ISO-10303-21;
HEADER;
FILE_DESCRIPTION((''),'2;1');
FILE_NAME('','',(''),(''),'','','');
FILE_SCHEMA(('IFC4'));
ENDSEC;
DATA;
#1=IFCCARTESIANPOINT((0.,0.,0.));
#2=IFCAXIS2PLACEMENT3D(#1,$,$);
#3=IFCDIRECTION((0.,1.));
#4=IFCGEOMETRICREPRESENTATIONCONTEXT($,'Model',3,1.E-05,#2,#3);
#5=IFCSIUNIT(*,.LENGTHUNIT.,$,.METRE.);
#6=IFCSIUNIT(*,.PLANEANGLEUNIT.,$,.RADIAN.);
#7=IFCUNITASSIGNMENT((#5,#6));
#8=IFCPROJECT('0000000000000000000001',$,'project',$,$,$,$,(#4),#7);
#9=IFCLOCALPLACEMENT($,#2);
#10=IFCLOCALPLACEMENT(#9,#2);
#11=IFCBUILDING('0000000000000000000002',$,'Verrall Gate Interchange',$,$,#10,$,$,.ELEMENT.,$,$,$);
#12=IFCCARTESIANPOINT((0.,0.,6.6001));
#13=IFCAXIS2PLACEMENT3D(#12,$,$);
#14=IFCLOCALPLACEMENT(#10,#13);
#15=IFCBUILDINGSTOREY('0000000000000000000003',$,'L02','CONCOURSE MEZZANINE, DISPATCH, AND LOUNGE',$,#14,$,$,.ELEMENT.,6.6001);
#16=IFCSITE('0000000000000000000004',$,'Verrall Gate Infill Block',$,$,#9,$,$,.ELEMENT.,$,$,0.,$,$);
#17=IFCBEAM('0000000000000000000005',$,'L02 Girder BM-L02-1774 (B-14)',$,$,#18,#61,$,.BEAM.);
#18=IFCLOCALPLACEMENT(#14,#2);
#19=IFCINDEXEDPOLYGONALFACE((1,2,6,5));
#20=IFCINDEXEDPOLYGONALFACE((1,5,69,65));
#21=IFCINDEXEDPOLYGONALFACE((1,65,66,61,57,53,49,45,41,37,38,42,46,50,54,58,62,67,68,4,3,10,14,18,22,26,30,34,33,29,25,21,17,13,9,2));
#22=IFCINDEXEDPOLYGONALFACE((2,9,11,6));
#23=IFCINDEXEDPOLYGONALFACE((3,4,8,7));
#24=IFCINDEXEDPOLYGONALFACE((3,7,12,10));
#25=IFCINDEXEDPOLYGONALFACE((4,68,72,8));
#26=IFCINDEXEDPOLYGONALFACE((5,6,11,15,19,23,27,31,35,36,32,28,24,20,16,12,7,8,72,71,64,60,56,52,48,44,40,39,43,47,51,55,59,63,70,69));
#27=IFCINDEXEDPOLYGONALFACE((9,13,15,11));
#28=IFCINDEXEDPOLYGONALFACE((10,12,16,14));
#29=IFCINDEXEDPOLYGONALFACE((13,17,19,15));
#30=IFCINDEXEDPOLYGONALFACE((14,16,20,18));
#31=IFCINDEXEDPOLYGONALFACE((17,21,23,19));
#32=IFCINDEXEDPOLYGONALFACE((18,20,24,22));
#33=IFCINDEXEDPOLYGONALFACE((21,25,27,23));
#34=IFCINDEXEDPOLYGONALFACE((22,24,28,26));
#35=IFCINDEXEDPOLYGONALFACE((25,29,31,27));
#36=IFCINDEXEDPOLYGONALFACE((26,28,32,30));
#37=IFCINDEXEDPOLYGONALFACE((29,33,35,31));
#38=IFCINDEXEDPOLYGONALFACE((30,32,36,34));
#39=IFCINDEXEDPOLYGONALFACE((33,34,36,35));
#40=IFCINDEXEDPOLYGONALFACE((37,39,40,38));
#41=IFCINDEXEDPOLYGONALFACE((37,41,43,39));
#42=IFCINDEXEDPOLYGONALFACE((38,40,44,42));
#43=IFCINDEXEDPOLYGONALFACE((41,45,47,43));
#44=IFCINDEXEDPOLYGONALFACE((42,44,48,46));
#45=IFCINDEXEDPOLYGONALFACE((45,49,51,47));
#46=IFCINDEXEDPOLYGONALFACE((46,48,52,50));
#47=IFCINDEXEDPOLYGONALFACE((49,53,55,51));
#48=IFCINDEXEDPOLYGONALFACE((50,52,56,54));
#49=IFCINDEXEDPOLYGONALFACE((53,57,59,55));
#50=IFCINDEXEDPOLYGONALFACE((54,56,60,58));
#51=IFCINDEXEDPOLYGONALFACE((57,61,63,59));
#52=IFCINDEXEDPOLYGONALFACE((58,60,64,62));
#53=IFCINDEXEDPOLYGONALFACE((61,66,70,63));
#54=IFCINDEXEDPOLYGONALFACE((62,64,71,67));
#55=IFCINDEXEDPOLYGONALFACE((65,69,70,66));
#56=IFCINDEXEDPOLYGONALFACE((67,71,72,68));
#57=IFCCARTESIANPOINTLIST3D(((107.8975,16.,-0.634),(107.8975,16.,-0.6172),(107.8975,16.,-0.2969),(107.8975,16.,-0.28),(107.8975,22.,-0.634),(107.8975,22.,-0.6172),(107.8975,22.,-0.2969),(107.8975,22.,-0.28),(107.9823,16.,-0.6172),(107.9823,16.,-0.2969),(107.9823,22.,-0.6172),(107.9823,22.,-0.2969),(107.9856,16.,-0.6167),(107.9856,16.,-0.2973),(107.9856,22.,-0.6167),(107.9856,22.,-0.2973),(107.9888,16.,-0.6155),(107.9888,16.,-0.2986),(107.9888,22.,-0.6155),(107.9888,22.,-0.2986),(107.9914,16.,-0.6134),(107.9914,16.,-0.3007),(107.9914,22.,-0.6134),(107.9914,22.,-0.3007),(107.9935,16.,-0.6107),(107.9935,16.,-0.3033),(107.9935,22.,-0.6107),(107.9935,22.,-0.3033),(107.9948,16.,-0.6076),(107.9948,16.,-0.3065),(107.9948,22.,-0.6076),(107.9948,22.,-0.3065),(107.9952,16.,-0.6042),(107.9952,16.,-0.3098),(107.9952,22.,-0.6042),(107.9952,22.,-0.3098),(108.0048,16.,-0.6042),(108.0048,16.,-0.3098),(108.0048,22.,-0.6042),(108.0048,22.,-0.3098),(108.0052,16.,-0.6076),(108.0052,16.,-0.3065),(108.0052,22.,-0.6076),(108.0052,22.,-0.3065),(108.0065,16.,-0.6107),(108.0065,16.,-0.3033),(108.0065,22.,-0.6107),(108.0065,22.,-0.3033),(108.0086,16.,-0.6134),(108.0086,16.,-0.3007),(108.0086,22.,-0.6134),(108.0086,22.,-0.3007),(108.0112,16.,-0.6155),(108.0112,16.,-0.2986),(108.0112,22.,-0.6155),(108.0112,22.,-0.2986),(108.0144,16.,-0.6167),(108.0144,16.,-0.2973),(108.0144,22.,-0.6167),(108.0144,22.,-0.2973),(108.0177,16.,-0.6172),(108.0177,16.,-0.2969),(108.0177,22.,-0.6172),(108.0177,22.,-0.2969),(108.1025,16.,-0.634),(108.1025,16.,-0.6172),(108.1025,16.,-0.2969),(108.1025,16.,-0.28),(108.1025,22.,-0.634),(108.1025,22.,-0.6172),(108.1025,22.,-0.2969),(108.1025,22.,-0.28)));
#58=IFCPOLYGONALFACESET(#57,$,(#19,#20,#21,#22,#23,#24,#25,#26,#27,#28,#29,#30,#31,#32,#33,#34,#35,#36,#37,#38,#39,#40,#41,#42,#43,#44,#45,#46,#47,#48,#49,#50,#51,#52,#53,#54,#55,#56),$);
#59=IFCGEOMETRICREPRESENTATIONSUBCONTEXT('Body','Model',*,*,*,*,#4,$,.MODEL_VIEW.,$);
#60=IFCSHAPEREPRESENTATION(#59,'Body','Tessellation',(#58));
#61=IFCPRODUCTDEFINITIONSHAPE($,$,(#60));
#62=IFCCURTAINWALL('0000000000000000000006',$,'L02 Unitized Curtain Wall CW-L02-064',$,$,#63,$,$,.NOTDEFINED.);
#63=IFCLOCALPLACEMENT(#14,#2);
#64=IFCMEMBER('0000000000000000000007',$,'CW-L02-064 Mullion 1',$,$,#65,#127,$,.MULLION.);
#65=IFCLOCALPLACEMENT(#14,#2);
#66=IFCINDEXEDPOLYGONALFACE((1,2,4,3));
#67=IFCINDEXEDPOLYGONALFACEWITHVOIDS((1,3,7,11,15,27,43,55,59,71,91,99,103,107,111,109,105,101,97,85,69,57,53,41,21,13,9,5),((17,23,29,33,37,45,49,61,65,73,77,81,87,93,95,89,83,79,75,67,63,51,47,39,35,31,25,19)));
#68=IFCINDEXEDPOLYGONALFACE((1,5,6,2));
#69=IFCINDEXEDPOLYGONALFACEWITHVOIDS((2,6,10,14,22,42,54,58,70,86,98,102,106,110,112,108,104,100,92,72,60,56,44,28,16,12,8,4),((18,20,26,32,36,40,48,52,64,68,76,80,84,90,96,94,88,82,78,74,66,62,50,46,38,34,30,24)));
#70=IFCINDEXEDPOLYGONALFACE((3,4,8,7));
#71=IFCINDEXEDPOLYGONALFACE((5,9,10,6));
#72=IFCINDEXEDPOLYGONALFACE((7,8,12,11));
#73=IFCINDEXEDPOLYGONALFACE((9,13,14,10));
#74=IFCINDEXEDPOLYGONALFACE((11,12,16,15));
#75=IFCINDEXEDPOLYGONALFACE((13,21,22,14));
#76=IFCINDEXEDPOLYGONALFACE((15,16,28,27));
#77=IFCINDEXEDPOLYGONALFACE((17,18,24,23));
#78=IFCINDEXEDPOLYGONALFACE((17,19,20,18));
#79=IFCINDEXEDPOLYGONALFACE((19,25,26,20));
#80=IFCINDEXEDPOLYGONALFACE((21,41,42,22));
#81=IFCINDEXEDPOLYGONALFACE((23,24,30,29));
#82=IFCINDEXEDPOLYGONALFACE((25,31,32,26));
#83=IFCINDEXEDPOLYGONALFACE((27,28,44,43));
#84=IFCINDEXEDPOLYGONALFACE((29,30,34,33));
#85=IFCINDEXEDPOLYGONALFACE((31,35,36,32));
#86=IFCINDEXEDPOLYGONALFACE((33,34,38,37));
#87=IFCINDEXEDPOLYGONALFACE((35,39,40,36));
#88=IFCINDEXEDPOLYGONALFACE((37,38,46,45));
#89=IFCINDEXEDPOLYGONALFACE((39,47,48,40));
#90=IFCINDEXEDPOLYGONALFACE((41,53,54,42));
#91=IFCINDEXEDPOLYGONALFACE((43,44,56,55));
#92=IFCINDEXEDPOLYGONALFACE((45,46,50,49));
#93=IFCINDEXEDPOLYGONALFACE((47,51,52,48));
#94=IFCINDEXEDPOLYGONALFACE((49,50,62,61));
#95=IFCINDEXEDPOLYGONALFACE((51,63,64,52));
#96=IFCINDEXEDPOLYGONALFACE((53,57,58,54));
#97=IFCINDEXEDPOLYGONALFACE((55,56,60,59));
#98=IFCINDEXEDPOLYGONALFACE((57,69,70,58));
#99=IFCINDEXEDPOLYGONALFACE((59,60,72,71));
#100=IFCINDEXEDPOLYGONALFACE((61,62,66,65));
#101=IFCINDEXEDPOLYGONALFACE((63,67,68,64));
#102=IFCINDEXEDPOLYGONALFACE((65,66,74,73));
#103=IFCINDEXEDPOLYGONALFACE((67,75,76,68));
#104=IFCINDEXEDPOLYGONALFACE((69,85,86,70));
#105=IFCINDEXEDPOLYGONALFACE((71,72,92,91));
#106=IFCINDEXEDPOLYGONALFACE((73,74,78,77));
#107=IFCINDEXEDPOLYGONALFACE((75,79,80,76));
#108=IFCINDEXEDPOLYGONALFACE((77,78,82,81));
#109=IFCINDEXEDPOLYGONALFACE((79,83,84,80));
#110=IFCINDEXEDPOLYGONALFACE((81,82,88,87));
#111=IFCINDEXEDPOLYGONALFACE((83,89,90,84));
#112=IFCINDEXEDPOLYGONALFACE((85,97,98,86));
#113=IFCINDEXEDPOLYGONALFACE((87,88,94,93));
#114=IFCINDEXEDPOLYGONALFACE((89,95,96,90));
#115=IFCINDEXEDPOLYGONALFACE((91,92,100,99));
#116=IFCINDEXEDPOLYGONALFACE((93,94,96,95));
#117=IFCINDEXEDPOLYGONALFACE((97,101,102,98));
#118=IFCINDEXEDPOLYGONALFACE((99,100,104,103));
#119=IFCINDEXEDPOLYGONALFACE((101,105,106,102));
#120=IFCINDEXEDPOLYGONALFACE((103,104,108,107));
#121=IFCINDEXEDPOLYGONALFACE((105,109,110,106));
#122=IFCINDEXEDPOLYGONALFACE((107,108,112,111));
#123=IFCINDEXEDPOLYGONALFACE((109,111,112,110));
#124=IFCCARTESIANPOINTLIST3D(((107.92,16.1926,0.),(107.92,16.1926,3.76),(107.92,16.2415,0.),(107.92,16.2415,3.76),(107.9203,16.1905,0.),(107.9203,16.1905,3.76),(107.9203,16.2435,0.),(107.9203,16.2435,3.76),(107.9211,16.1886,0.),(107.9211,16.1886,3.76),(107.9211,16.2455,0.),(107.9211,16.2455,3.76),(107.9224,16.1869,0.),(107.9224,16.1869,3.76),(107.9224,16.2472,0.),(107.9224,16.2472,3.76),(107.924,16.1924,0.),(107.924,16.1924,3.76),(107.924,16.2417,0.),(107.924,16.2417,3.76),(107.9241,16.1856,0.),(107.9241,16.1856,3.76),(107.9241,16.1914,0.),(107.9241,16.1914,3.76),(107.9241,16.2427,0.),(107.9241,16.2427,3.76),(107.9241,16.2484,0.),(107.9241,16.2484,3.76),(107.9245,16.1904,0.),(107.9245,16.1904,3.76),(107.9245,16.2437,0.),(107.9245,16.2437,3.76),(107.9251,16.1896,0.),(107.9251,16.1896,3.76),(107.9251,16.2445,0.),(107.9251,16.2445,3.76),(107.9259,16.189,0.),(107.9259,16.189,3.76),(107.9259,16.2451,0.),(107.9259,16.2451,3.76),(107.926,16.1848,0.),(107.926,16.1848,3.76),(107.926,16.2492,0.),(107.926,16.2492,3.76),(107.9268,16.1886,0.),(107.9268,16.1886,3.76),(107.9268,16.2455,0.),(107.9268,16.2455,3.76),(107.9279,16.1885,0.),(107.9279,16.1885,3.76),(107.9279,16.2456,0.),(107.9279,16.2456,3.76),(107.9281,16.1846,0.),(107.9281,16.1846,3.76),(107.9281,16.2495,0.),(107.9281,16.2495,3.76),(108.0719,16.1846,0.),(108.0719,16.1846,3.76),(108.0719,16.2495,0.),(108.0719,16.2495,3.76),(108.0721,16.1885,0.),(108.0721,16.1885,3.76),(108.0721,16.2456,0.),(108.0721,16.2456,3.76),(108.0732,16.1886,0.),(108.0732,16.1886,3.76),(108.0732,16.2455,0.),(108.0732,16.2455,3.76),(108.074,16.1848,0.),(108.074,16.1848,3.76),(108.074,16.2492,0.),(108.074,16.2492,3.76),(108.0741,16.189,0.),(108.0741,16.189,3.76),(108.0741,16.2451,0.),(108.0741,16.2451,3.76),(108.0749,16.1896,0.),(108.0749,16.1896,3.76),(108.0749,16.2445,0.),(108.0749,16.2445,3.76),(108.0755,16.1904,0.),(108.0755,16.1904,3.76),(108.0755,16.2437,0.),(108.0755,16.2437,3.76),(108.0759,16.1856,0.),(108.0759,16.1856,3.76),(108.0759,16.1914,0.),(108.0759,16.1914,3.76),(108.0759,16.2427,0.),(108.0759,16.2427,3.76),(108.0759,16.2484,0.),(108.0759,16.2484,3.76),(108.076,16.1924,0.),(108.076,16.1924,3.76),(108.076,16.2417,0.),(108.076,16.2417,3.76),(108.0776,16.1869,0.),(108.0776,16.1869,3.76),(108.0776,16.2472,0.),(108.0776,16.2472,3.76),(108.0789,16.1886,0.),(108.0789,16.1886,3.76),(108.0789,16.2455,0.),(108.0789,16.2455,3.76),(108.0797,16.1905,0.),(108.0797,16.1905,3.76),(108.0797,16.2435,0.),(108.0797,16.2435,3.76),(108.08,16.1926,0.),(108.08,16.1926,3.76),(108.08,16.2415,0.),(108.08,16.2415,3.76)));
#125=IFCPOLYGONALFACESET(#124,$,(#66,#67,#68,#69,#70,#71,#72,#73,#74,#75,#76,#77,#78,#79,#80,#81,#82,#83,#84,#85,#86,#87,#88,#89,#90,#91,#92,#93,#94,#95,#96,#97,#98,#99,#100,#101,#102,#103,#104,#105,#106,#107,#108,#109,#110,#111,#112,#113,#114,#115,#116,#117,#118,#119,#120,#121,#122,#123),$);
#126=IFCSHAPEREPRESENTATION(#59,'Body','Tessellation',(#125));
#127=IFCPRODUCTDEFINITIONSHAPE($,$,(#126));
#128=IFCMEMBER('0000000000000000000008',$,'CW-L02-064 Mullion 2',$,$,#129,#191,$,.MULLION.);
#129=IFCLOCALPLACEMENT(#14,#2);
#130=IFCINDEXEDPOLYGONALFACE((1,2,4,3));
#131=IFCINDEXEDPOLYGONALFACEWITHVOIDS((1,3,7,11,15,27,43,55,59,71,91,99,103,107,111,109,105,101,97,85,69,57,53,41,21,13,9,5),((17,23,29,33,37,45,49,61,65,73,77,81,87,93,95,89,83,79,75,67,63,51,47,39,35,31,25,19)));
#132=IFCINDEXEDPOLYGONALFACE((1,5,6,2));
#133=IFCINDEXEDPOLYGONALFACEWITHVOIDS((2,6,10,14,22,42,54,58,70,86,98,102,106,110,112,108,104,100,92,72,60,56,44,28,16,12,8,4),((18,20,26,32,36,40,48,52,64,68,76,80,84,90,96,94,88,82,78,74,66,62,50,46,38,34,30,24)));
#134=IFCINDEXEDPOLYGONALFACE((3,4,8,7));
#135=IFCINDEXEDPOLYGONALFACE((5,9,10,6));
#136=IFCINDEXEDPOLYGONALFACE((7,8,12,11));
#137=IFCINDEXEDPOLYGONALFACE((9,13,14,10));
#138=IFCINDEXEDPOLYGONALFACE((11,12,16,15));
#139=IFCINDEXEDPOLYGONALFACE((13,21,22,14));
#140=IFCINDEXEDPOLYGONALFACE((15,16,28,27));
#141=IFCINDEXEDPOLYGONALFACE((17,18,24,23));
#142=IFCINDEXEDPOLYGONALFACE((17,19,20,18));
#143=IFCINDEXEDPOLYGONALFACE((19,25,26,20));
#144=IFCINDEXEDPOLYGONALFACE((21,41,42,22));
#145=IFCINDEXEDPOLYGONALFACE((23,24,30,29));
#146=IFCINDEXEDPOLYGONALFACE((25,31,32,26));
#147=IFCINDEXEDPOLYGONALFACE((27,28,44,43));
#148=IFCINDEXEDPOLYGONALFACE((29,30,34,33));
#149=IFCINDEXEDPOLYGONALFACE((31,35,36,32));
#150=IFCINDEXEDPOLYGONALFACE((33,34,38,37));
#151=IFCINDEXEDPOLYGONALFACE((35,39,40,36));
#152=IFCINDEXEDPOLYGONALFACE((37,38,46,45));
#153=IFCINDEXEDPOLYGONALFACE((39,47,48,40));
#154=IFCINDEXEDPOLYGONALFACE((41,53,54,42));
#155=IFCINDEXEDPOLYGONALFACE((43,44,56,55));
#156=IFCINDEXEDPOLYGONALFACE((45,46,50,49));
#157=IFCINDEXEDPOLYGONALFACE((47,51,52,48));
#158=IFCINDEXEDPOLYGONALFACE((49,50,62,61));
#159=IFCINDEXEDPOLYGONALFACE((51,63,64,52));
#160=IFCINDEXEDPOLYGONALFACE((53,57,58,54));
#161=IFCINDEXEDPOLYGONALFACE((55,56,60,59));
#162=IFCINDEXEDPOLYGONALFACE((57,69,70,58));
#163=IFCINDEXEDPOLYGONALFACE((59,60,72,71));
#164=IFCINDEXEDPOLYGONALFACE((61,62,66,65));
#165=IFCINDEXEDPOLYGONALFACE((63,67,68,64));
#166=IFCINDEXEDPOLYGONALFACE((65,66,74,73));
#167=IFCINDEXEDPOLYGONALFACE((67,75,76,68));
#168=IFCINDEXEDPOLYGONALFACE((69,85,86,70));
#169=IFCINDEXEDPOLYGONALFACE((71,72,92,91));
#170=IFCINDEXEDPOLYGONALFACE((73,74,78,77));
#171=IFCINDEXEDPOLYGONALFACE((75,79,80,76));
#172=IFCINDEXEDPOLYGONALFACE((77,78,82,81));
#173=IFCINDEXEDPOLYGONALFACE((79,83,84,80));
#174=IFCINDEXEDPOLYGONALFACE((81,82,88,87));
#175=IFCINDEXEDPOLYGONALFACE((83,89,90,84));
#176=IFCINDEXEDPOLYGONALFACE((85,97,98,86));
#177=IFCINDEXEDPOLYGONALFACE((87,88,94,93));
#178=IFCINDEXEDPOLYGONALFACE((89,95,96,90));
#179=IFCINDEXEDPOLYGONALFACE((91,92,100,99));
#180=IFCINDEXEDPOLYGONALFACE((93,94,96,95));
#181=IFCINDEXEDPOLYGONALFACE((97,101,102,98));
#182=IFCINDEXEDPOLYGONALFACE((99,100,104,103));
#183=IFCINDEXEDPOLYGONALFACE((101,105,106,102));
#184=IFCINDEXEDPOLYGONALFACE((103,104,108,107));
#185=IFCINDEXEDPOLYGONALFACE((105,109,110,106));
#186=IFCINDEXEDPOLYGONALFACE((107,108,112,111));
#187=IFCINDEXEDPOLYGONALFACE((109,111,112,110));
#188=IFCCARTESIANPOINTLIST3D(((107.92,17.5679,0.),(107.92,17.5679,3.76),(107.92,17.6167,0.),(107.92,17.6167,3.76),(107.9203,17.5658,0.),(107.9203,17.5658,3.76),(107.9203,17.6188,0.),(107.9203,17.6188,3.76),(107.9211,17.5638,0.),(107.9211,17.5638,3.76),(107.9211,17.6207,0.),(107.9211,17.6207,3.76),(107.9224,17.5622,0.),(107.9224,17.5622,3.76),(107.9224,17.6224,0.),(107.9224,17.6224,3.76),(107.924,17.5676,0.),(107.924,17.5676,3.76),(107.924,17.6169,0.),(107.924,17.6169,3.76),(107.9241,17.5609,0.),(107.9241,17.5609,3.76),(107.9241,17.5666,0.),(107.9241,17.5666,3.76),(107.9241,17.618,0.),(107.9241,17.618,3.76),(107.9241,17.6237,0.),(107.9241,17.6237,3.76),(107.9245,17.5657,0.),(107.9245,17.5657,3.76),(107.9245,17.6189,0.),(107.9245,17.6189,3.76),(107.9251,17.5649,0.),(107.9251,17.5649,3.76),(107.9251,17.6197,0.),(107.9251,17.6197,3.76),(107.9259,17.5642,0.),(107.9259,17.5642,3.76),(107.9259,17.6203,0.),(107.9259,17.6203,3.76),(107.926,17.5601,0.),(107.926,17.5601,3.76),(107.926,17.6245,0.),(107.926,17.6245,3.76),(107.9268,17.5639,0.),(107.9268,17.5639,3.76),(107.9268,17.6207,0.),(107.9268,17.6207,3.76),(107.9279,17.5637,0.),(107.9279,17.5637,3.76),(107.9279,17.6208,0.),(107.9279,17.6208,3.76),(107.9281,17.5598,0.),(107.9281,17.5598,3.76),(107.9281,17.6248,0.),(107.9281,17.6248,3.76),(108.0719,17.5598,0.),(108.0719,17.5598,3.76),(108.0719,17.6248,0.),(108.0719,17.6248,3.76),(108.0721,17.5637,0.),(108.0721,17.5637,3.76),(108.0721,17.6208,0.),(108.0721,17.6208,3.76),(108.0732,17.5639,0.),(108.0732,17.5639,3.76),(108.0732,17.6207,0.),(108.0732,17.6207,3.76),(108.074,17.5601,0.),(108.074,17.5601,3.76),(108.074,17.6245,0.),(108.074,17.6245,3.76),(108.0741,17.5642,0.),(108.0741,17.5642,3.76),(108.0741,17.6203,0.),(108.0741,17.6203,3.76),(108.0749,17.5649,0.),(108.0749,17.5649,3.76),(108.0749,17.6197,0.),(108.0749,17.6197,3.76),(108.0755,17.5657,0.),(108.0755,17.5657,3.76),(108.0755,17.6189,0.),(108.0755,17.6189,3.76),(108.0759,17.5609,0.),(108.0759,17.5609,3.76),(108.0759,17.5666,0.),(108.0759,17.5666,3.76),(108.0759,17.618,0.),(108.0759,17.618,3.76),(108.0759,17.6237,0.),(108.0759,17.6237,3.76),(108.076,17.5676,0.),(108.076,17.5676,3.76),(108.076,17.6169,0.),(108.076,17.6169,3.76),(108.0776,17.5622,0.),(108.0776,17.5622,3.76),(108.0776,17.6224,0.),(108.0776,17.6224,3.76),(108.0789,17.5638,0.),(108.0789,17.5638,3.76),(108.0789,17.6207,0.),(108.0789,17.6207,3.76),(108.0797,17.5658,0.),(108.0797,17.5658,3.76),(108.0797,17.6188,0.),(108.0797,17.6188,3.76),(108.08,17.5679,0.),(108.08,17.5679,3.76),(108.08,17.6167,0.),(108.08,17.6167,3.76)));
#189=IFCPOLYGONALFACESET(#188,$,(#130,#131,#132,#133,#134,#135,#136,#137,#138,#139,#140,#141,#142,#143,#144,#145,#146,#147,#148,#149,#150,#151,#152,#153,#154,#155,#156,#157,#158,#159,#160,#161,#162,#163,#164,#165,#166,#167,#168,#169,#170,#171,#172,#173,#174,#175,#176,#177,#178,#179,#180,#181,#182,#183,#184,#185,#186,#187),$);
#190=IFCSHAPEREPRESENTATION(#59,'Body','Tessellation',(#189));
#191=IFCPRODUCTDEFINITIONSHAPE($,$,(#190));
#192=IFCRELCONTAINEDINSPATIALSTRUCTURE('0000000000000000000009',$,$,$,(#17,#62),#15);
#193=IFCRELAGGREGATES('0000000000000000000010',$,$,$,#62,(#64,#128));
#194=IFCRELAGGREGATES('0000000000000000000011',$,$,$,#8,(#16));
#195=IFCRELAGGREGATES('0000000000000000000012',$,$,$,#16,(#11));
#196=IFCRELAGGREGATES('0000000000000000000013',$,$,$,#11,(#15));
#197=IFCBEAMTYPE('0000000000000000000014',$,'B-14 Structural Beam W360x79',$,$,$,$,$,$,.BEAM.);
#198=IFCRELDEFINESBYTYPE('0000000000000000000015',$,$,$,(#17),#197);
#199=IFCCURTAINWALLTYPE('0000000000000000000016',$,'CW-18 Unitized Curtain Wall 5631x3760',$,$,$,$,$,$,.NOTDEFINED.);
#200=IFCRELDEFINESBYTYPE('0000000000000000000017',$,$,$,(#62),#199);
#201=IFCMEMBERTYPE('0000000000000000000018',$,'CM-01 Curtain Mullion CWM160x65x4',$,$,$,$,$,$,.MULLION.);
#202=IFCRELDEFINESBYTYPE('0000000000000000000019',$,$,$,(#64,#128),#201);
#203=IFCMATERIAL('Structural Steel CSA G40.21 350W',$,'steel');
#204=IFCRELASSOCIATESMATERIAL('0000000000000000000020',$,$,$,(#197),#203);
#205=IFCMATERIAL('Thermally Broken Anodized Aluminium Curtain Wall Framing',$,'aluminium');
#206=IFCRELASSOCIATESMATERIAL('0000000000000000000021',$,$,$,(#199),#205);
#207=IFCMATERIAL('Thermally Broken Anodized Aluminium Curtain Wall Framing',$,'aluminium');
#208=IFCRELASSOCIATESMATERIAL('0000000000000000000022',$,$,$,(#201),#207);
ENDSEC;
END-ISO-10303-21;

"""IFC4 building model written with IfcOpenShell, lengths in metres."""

from ifc_helpers import new_model, si_unit, direction, frame, origin, origin_2d, place, context, subcontext, project, spatial, hollow_rectangle, i_section, extrude, material, material_profile, profile_set, type_object, element, aggregate, save


model = new_model("IFC4")

# Units and contexts
model_context = context("Model", 3, precision=1e-05, world=origin(), true_north=direction((0.0, 1.0)))
body_context = subcontext(model_context, "Body", "Model", "MODEL_VIEW")
ifc_project = project(units=[si_unit("LENGTHUNIT", "METRE"), si_unit("PLANEANGLEUNIT", "RADIAN")], contexts=[model_context])

# Site, building, storey
site_placement = place(None, origin())
site = spatial("IfcSite", under=ifc_project, at=site_placement, Name="Verrall Gate Infill Block", CompositionType="ELEMENT", RefElevation=0.0)
building_placement = place(site_placement, origin())
building = spatial("IfcBuilding", under=site, at=building_placement, Name="Verrall Gate Interchange", CompositionType="ELEMENT")
storey_placement = place(building_placement, frame((0.0, 0.0, 6.6001)))
storey = spatial("IfcBuildingStorey", under=building, at=storey_placement, Name="L02", Description="CONCOURSE MEZZANINE, DISPATCH, AND LOUNGE", CompositionType="ELEMENT", Elevation=6.6001)

# Beam
ifc_material_1 = material(Name="Structural Steel CSA G40.21 350W", Category="steel")
ifc_material_profile_1 = material_profile(ifc_material_1, i_section(OverallWidth=0.2051, OverallDepth=0.354, WebThickness=0.0095, FlangeThickness=0.0168, FilletRadius=0.0129, at=origin_2d()), Name="W360x79")
ifc_profile_set_1 = profile_set([ifc_material_profile_1], Name="Structural Steel CSA G40.21 350W")
beam_type_1 = type_object("IfcBeamType", Name="B-14 Structural Beam W360x79", PredefinedType="BEAM", material=ifc_profile_set_1)
beam_1_placement = place(storey_placement, frame((108.0, 16.0, -0.457), z_axis=(0.0, 1.0, 0.0), x_axis=(-1.0, 0.0, 0.0)))
element("IfcBeam", 1, at=beam_1_placement, inside=storey, type_object=beam_type_1, Name="L02 Girder BM-L02-1774 (B-14)", PredefinedType="BEAM", context=body_context, shape_type="SweptSolid", body=[
    extrude(i_section(OverallWidth=0.2051, OverallDepth=0.354, WebThickness=0.0095, FlangeThickness=0.0168, FilletRadius=0.0129, at=origin_2d()), origin(), (0.0, 0.0, 1.0), 6.0),
])

# Curtain wall, members
ifc_material_2 = material(Name="Thermally Broken Anodized Aluminium Curtain Wall Framing", Category="aluminium")
curtain_wall_type = type_object("IfcCurtainWallType", Name="CW-18 Unitized Curtain Wall 5631x3760", PredefinedType="NOTDEFINED", material=ifc_material_2)
curtain_wall_1_placement = place(storey_placement, origin())
curtain_wall_1 = element("IfcCurtainWall", 2, at=curtain_wall_1_placement, inside=storey, type_object=curtain_wall_type, Name="L02 Unitized Curtain Wall CW-L02-064", PredefinedType="NOTDEFINED")
ifc_material_3 = material(Name="Thermally Broken Anodized Aluminium Curtain Wall Framing", Category="aluminium")
ifc_material_profile_2 = material_profile(ifc_material_3, hollow_rectangle(XDim=0.0649, YDim=0.1599, WallThickness=0.0039, InnerFilletRadius=0.0039, OuterFilletRadius=0.0081, at=origin_2d()), Name="CWM160x65x4")
ifc_profile_set_2 = profile_set([ifc_material_profile_2], Name="Thermally Broken Anodized Aluminium Curtain Wall Framing")
member_type_1 = type_object("IfcMemberType", Name="CM-01 Curtain Mullion CWM160x65x4", PredefinedType="MULLION", material=ifc_profile_set_2)
member_1_placement = place(storey_placement, frame((108.0, 16.217, 0.0), z_axis=(0.0, 0.0, 1.0), x_axis=(0.0, 1.0, 0.0)))
member_1 = element("IfcMember", 3, at=member_1_placement, type_object=member_type_1, Name="CW-L02-064 Mullion 1", PredefinedType="MULLION", context=body_context, shape_type="SweptSolid", body=[
    extrude(hollow_rectangle(XDim=0.0649, YDim=0.1599, WallThickness=0.0039, InnerFilletRadius=0.0039, OuterFilletRadius=0.0081, at=origin_2d()), origin(), (0.0, 0.0, 1.0), 3.76),
])
member_2_placement = place(storey_placement, frame((108.0, 17.5923, 0.0), z_axis=(0.0, 0.0, 1.0), x_axis=(0.0, 1.0, 0.0)))
member_2 = element("IfcMember", 4, at=member_2_placement, type_object=member_type_1, Name="CW-L02-064 Mullion 2", PredefinedType="MULLION", context=body_context, shape_type="SweptSolid", body=[
    extrude(hollow_rectangle(XDim=0.0649, YDim=0.1599, WallThickness=0.0039, InnerFilletRadius=0.0039, OuterFilletRadius=0.0081, at=origin_2d()), origin(), (0.0, 0.0, 1.0), 3.76),
])

aggregate(curtain_wall_1, [member_1, member_2])

save(model, "model.ifc")
